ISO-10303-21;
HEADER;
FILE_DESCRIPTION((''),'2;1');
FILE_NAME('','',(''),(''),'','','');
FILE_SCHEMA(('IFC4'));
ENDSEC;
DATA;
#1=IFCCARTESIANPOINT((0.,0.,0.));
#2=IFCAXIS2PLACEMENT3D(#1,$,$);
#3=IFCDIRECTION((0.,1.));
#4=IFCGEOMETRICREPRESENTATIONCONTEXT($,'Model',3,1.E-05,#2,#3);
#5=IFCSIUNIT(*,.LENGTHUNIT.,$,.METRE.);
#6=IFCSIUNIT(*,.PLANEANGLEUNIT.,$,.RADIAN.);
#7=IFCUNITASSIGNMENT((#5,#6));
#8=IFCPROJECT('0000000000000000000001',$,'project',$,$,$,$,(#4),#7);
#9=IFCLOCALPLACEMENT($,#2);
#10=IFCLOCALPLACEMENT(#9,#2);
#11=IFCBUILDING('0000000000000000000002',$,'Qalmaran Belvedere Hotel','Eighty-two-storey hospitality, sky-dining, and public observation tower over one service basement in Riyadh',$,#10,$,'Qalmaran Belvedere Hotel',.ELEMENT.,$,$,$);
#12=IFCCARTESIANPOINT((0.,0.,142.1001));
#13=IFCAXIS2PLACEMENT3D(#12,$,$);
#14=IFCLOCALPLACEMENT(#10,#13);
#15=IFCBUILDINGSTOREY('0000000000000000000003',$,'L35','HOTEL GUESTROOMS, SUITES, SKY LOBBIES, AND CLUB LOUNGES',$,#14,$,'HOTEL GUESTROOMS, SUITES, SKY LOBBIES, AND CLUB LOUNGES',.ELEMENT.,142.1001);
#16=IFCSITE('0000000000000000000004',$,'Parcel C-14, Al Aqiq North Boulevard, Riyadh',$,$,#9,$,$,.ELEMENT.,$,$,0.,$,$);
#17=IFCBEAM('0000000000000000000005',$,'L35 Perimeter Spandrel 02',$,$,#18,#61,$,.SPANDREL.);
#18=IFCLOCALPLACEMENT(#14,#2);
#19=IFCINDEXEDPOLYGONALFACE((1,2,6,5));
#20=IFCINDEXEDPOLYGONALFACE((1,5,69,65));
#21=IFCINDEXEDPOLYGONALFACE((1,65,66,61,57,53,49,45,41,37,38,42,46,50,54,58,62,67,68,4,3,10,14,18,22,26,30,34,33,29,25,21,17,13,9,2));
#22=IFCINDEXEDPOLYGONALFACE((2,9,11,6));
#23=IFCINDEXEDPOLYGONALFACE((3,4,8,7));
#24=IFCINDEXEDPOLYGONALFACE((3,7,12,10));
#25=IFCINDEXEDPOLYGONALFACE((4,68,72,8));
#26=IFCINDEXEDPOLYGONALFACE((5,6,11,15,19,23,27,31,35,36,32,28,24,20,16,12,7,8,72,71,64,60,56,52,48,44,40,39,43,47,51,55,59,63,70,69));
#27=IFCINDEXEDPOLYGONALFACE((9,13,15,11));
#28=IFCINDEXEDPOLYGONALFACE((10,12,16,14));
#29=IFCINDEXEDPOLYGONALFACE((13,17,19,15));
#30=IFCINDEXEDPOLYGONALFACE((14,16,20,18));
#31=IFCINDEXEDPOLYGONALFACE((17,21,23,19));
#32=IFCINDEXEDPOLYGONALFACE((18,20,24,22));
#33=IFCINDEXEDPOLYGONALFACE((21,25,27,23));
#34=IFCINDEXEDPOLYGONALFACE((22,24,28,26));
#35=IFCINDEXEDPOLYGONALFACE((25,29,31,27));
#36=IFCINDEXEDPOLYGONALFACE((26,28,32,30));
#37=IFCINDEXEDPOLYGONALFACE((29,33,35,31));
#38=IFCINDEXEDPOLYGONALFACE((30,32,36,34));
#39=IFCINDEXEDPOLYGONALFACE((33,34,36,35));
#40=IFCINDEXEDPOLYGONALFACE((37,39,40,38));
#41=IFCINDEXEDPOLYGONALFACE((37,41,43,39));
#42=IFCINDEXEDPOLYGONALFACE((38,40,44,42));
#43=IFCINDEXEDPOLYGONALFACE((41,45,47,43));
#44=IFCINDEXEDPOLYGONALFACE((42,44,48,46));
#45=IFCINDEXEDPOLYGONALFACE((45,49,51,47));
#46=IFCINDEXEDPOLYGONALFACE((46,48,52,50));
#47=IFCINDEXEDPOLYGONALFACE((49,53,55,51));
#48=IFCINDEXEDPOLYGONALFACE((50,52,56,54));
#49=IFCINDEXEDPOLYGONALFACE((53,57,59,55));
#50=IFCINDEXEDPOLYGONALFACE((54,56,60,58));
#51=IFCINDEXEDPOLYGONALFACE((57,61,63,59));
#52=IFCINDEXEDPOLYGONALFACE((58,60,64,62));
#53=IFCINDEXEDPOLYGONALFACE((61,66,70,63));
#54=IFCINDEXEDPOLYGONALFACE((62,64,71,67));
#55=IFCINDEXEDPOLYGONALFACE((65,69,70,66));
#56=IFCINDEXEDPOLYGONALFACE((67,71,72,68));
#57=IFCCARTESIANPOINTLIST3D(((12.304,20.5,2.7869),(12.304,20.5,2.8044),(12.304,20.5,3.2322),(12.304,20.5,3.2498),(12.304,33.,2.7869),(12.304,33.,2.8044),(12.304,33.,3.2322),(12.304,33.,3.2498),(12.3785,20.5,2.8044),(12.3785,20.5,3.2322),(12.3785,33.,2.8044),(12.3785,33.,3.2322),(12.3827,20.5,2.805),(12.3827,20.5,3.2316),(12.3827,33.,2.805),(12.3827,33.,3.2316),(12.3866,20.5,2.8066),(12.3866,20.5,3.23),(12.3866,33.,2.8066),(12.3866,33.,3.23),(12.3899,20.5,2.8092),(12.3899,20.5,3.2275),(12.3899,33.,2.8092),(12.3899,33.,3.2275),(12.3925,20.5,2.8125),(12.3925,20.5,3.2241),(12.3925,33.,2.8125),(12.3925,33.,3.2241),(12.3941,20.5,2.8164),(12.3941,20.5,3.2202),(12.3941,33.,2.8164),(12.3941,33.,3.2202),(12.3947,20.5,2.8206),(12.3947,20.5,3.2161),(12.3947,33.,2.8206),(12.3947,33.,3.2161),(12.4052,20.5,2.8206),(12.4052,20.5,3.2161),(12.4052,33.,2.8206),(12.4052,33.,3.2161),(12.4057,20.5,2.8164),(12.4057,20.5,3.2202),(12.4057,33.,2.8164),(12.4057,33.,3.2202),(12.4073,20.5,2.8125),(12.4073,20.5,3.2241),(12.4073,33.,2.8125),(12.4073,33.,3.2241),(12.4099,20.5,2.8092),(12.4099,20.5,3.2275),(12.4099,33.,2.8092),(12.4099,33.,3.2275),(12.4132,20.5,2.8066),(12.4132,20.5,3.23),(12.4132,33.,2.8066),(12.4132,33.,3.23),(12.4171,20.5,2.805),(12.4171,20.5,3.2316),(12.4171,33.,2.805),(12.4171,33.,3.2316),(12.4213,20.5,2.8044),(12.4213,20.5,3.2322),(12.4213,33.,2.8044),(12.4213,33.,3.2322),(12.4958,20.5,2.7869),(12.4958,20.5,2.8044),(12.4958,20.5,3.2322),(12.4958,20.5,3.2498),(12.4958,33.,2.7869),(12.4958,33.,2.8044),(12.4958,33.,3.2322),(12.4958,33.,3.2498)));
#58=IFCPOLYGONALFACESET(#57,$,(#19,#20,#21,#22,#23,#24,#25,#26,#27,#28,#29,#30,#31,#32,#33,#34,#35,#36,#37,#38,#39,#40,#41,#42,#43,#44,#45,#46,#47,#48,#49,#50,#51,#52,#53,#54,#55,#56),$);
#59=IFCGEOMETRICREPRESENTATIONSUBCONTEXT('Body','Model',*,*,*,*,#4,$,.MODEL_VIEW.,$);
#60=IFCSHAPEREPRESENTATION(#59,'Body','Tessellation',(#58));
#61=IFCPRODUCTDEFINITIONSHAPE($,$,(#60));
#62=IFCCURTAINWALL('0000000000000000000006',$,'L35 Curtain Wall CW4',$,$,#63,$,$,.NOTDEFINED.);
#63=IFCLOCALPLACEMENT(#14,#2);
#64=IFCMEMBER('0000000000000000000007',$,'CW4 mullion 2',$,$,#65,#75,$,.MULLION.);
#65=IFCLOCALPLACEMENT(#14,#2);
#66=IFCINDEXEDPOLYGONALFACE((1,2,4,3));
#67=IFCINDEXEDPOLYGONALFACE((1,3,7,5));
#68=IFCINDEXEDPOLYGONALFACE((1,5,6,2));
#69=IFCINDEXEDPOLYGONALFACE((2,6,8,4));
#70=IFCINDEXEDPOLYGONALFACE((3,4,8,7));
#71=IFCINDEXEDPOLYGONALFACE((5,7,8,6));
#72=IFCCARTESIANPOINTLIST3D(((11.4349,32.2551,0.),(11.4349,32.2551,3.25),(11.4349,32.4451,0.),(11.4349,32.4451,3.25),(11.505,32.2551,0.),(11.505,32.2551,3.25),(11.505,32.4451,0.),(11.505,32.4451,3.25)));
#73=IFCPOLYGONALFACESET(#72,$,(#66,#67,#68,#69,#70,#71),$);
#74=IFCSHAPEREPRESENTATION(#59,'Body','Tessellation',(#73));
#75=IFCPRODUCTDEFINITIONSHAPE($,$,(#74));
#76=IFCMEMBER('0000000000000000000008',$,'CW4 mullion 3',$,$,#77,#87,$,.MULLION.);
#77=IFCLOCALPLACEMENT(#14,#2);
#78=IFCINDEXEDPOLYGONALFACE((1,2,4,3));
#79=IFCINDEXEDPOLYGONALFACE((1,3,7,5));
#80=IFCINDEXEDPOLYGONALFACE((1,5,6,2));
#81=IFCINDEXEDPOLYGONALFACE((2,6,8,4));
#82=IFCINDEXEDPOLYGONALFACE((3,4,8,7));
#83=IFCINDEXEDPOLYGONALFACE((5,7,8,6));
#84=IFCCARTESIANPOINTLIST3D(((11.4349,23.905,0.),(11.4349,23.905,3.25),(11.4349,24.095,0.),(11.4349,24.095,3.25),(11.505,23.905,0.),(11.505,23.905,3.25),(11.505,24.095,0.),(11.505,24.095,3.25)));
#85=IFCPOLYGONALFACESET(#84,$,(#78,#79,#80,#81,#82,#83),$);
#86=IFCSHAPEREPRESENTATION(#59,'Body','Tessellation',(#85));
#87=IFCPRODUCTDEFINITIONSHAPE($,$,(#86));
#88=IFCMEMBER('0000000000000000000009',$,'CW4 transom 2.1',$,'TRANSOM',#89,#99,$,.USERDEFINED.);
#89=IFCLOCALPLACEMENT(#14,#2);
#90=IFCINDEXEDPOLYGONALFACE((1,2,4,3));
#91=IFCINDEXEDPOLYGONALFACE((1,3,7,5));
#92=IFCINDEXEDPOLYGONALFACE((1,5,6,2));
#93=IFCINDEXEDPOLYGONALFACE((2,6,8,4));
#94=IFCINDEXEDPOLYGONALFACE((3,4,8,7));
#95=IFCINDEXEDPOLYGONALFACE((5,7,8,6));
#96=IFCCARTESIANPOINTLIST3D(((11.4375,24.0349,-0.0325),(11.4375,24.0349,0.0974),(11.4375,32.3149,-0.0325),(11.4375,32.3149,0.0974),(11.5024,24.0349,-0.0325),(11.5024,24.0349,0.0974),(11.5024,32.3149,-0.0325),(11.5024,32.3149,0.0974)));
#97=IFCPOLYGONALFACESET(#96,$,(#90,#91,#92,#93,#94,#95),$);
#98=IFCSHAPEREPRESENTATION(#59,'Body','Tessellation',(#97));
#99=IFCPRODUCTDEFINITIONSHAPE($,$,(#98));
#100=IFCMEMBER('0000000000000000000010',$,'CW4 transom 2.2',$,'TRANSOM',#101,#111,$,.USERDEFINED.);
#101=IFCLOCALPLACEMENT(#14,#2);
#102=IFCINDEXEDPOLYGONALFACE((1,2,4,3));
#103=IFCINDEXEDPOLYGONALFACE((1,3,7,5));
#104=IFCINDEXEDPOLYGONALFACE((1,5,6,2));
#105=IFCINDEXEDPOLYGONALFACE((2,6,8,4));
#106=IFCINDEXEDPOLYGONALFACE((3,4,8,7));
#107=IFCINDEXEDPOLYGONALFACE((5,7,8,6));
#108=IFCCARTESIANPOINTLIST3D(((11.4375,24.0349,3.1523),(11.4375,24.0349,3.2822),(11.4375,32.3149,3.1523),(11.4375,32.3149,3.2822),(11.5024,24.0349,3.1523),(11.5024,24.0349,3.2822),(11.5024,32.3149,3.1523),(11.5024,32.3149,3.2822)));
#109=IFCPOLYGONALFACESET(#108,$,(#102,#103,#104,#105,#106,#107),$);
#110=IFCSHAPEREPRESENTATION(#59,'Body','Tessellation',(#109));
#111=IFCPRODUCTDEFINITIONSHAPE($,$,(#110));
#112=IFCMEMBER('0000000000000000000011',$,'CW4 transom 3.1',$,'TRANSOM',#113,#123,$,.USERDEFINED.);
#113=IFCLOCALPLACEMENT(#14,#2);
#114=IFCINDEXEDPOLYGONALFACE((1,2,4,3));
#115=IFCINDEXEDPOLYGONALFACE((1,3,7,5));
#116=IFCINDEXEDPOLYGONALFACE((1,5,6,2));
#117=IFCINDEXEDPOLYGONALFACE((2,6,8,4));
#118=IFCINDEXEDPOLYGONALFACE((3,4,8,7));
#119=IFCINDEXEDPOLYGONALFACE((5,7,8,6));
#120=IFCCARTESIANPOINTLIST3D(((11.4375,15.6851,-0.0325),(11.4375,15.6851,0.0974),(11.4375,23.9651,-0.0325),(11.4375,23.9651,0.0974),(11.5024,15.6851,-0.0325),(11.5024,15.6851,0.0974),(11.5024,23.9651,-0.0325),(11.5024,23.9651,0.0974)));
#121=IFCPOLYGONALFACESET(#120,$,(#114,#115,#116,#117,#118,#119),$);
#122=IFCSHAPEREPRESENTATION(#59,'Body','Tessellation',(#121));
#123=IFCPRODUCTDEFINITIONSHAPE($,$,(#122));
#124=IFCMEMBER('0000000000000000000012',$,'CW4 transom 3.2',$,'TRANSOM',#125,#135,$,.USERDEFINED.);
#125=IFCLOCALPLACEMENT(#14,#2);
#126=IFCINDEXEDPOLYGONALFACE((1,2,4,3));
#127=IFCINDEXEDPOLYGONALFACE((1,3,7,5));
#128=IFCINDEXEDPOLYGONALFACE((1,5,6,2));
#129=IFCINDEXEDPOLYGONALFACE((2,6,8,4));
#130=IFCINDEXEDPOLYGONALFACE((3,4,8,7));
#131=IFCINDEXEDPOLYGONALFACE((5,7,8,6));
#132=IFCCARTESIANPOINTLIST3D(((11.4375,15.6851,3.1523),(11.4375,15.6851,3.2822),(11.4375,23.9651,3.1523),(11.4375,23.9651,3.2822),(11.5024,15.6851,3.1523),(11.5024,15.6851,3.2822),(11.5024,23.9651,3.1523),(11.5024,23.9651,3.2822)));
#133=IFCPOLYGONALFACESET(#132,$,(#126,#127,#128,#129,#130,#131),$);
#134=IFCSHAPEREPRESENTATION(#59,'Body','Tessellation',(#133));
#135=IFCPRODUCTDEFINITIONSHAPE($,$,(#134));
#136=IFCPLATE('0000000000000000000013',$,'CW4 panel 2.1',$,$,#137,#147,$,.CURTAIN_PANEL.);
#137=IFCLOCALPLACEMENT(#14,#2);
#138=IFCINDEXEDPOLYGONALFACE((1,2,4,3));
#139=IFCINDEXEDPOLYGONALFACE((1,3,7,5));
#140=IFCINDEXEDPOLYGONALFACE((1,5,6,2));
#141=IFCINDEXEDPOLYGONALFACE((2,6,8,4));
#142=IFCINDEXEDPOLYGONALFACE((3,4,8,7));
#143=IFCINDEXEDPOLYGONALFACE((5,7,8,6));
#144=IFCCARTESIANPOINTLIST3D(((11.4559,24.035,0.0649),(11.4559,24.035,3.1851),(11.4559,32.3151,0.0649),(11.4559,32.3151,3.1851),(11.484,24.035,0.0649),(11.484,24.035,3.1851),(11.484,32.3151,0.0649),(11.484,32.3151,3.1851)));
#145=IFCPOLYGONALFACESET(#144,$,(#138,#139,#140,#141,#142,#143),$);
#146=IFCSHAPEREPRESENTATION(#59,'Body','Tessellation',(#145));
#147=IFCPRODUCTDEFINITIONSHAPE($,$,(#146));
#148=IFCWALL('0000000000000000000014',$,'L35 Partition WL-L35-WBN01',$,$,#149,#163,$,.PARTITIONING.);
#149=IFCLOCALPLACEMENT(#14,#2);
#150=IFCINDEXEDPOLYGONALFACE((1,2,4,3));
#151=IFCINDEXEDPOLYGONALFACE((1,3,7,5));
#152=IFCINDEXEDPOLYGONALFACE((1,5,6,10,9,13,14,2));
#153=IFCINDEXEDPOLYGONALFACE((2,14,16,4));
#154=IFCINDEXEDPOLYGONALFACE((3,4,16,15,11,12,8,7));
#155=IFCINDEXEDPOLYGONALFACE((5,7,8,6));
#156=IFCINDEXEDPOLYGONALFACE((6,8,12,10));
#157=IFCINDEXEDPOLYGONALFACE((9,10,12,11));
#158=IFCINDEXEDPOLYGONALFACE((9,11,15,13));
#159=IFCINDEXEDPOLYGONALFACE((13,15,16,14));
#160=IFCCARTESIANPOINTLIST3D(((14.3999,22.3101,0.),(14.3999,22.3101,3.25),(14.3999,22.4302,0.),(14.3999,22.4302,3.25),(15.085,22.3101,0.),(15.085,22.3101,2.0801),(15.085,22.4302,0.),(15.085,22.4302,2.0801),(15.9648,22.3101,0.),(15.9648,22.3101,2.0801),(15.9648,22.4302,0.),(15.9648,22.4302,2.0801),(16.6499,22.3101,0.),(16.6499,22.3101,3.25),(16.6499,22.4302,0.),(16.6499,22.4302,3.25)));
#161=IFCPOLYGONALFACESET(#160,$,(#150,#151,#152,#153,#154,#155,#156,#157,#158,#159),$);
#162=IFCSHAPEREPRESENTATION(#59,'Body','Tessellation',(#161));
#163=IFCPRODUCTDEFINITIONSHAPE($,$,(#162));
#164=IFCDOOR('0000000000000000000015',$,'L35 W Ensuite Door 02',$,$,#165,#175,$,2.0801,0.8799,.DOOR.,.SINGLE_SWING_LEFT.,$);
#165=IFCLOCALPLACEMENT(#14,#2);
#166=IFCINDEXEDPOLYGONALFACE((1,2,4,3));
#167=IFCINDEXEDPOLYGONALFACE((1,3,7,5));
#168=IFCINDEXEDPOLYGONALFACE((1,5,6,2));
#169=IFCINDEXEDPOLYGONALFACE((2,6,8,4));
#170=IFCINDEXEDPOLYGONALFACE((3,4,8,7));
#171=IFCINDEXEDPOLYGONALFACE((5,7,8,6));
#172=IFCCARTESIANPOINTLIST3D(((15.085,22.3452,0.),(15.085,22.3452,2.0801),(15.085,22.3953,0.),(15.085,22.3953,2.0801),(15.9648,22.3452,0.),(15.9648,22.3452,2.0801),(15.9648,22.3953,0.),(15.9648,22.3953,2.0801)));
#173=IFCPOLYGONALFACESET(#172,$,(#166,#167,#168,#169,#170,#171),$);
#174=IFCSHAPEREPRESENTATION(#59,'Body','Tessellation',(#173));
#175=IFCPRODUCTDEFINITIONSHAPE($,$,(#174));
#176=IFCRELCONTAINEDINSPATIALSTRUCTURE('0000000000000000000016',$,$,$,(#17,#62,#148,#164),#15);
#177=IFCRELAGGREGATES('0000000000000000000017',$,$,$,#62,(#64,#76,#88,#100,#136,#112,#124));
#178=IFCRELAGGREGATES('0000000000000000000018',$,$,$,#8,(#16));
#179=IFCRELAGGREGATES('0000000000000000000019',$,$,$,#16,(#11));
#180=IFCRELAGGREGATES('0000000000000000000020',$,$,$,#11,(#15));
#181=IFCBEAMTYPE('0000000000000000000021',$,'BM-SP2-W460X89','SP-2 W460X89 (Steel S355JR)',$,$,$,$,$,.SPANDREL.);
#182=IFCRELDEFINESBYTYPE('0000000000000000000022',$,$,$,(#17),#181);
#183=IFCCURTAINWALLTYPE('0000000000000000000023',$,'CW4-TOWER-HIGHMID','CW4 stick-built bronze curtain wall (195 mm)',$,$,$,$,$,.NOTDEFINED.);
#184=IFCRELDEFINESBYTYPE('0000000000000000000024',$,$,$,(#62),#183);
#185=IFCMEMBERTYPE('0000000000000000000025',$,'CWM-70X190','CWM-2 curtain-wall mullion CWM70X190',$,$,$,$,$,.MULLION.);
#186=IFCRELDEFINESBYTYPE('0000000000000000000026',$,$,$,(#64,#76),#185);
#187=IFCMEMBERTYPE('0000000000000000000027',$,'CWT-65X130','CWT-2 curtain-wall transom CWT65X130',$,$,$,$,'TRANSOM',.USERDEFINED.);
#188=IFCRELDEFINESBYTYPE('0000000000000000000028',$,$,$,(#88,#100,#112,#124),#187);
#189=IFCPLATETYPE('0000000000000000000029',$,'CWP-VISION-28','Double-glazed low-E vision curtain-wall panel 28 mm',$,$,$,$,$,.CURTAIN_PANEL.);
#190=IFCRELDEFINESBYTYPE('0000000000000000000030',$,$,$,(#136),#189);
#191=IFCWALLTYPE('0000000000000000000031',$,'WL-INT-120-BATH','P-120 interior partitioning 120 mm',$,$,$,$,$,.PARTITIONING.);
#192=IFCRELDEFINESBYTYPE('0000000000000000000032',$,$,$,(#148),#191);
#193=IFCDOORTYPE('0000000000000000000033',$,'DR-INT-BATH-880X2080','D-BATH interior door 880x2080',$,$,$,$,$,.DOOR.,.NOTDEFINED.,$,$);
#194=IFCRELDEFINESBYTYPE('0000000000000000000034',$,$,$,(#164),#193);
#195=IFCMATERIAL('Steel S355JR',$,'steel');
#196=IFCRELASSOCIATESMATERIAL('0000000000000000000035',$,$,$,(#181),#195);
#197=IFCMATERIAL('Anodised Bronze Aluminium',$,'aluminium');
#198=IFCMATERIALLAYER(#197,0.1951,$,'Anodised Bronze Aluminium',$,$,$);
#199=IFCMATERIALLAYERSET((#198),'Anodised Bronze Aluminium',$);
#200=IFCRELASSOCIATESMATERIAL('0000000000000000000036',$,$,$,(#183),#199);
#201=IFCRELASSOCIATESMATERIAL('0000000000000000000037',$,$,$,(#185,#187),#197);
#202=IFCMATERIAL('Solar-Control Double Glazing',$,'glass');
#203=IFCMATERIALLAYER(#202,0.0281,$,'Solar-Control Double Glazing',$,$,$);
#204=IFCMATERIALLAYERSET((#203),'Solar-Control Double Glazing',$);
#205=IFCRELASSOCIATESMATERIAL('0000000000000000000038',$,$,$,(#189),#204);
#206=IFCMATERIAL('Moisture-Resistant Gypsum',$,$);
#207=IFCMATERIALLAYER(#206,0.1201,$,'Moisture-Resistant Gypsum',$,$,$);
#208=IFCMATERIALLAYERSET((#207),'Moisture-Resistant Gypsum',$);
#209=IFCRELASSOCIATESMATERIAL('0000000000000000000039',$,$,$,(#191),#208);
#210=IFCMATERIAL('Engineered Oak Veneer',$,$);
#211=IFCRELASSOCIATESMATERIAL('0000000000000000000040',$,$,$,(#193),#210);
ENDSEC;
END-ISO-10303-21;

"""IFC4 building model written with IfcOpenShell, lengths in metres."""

from ifc_helpers import new_model, si_unit, direction, frame, frame_2d, origin, origin_2d, place, context, subcontext, project, spatial, rectangle, i_section, extrude, material, layer, layer_set, material_profile, profile_set, type_object, element, fill, aggregate, save


model = new_model("IFC4")

# Units and contexts
model_context = context("Model", 3, precision=1e-05, world=origin(), true_north=direction((0.0, 1.0)))
body_context = subcontext(model_context, "Body", "Model", "MODEL_VIEW")
ifc_project = project(units=[si_unit("LENGTHUNIT", "METRE"), si_unit("PLANEANGLEUNIT", "RADIAN")], contexts=[model_context])

# Site, building, storey
site_placement = place(None, origin())
site = spatial("IfcSite", under=ifc_project, at=site_placement, Name="Parcel C-14, Al Aqiq North Boulevard, Riyadh", CompositionType="ELEMENT", RefElevation=0.0)
building_placement = place(site_placement, origin())
building = spatial("IfcBuilding", under=site, at=building_placement, Name="Qalmaran Belvedere Hotel", Description="Eighty-two-storey hospitality, sky-dining, and public observation tower over one service basement in Riyadh", LongName="Qalmaran Belvedere Hotel", CompositionType="ELEMENT")
storey_placement = place(building_placement, frame((0.0, 0.0, 142.1001)))
storey = spatial("IfcBuildingStorey", under=building, at=storey_placement, Name="L35", Description="HOTEL GUESTROOMS, SUITES, SKY LOBBIES, AND CLUB LOUNGES", LongName="HOTEL GUESTROOMS, SUITES, SKY LOBBIES, AND CLUB LOUNGES", CompositionType="ELEMENT", Elevation=142.1001)

# Beam
ifc_material_1 = material(Name="Steel S355JR", Category="steel")
ifc_material_profile_1 = material_profile(ifc_material_1, i_section(OverallWidth=0.1919, OverallDepth=0.4629, WebThickness=0.0105, FlangeThickness=0.0176, FilletRadius=0.0161, at=origin_2d()), Name="W460X89")
ifc_profile_set_1 = profile_set([ifc_material_profile_1], Name="Steel S355JR")
beam_type_1 = type_object("IfcBeamType", Name="BM-SP2-W460X89", Description="SP-2 W460X89 (Steel S355JR)", PredefinedType="SPANDREL", material=ifc_profile_set_1)
beam_1_placement = place(storey_placement, frame((12.3999, 20.5, 3.0183), z_axis=(0.0, 1.0, 0.0), x_axis=(-1.0, 0.0, 0.0)))
element("IfcBeam", 1, at=beam_1_placement, inside=storey, type_object=beam_type_1, Name="L35 Perimeter Spandrel 02", PredefinedType="SPANDREL", context=body_context, shape_type="SweptSolid", body=[
    extrude(i_section(OverallWidth=0.1919, OverallDepth=0.4629, WebThickness=0.0105, FlangeThickness=0.0176, FilletRadius=0.0161, at=origin_2d()), origin(), (0.0, 0.0, 1.0), 12.5),
])

# Curtain wall, members, plate
ifc_material_2 = material(Name="Anodised Bronze Aluminium", Category="aluminium")
ifc_layer_1 = layer(ifc_material_2, 0.1951, Name="Anodised Bronze Aluminium")
ifc_layer_set_1 = layer_set([ifc_layer_1], Name="Anodised Bronze Aluminium")
curtain_wall_type = type_object("IfcCurtainWallType", Name="CW4-TOWER-HIGHMID", Description="CW4 stick-built bronze curtain wall (195 mm)", PredefinedType="NOTDEFINED", material=ifc_layer_set_1)
curtain_wall_placement = place(storey_placement, origin())
curtain_wall = element("IfcCurtainWall", 2, at=curtain_wall_placement, inside=storey, type_object=curtain_wall_type, Name="L35 Curtain Wall CW4", PredefinedType="NOTDEFINED")
ifc_material_profile_2 = material_profile(ifc_material_2, rectangle(XDim=0.0701, YDim=0.1899, at=origin_2d()), Name="CWM70X190")
ifc_profile_set_2 = profile_set([ifc_material_profile_2], Name="Anodised Bronze Aluminium")
member_type_1 = type_object("IfcMemberType", Name="CWM-70X190", Description="CWM-2 curtain-wall mullion CWM70X190", PredefinedType="MULLION", material=ifc_profile_set_2)
member_1_placement = place(storey_placement, frame((11.47, 32.3501, 0.0), z_axis=(0.0, 0.0, 1.0), x_axis=(1.0, 0.0, 0.0)))
member_1 = element("IfcMember", 3, at=member_1_placement, type_object=member_type_1, Name="CW4 mullion 2", PredefinedType="MULLION", context=body_context, shape_type="SweptSolid", body=[
    extrude(rectangle(XDim=0.0701, YDim=0.1899, at=origin_2d()), origin(), (0.0, 0.0, 1.0), 3.25),
])
member_2_placement = place(storey_placement, frame((11.47, 24.0, 0.0), z_axis=(0.0, 0.0, 1.0), x_axis=(1.0, 0.0, 0.0)))
member_2 = element("IfcMember", 4, at=member_2_placement, type_object=member_type_1, Name="CW4 mullion 3", PredefinedType="MULLION", context=body_context, shape_type="SweptSolid", body=[
    extrude(rectangle(XDim=0.0701, YDim=0.1899, at=origin_2d()), origin(), (0.0, 0.0, 1.0), 3.25),
])
ifc_material_profile_3 = material_profile(ifc_material_2, rectangle(XDim=0.0649, YDim=0.1299, at=origin_2d()), Name="CWT65X130")
ifc_profile_set_3 = profile_set([ifc_material_profile_3], Name="Anodised Bronze Aluminium")
member_type_2 = type_object("IfcMemberType", Name="CWT-65X130", Description="CWT-2 curtain-wall transom CWT65X130", ElementType="TRANSOM", PredefinedType="USERDEFINED", material=ifc_profile_set_3)
member_3_placement = place(storey_placement, frame((11.47, 32.3149, 0.0325), z_axis=(0.0, -1.0, 0.0), x_axis=(1.0, 0.0, 0.0)))
member_3 = element("IfcMember", 5, at=member_3_placement, type_object=member_type_2, Name="CW4 transom 2.1", ObjectType="TRANSOM", PredefinedType="USERDEFINED", context=body_context, shape_type="SweptSolid", body=[
    extrude(rectangle(XDim=0.0649, YDim=0.1299, at=origin_2d()), origin(), (0.0, 0.0, 1.0), 8.28),
])
member_4_placement = place(storey_placement, frame((11.47, 32.3149, 3.2173), z_axis=(0.0, -1.0, 0.0), x_axis=(1.0, 0.0, 0.0)))
member_4 = element("IfcMember", 6, at=member_4_placement, type_object=member_type_2, Name="CW4 transom 2.2", ObjectType="TRANSOM", PredefinedType="USERDEFINED", context=body_context, shape_type="SweptSolid", body=[
    extrude(rectangle(XDim=0.0649, YDim=0.1299, at=origin_2d()), origin(), (0.0, 0.0, 1.0), 8.28),
])
member_5_placement = place(storey_placement, frame((11.47, 23.9651, 0.0325), z_axis=(0.0, -1.0, 0.0), x_axis=(1.0, 0.0, 0.0)))
member_5 = element("IfcMember", 7, at=member_5_placement, type_object=member_type_2, Name="CW4 transom 3.1", ObjectType="TRANSOM", PredefinedType="USERDEFINED", context=body_context, shape_type="SweptSolid", body=[
    extrude(rectangle(XDim=0.0649, YDim=0.1299, at=origin_2d()), origin(), (0.0, 0.0, 1.0), 8.28),
])
member_6_placement = place(storey_placement, frame((11.47, 23.9651, 3.2173), z_axis=(0.0, -1.0, 0.0), x_axis=(1.0, 0.0, 0.0)))
member_6 = element("IfcMember", 8, at=member_6_placement, type_object=member_type_2, Name="CW4 transom 3.2", ObjectType="TRANSOM", PredefinedType="USERDEFINED", context=body_context, shape_type="SweptSolid", body=[
    extrude(rectangle(XDim=0.0649, YDim=0.1299, at=origin_2d()), origin(), (0.0, 0.0, 1.0), 8.28),
])
ifc_material_3 = material(Name="Solar-Control Double Glazing", Category="glass")
ifc_layer_2 = layer(ifc_material_3, 0.0281, Name="Solar-Control Double Glazing")
ifc_layer_set_2 = layer_set([ifc_layer_2], Name="Solar-Control Double Glazing")
plate_type = type_object("IfcPlateType", Name="CWP-VISION-28", Description="Double-glazed low-E vision curtain-wall panel 28 mm", PredefinedType="CURTAIN_PANEL", material=ifc_layer_set_2)
plate_placement = place(storey_placement, frame((11.47, 28.175, 0.0649), z_axis=(0.0, 0.0, 1.0), x_axis=(0.0, -1.0, 0.0)))
plate = element("IfcPlate", 9, at=plate_placement, type_object=plate_type, Name="CW4 panel 2.1", PredefinedType="CURTAIN_PANEL", context=body_context, shape_type="SweptSolid", body=[
    extrude(rectangle(XDim=8.28, YDim=0.0281, at=origin_2d()), origin(), (0.0, 0.0, 1.0), 3.1201),
])
aggregate(curtain_wall, [member_1, member_2, member_3, member_4, plate, member_5, member_6])

# Wall, opening, door
ifc_material_4 = material(Name="Moisture-Resistant Gypsum")
ifc_layer_3 = layer(ifc_material_4, 0.1201, Name="Moisture-Resistant Gypsum")
ifc_layer_set_3 = layer_set([ifc_layer_3], Name="Moisture-Resistant Gypsum")
wall_type_1 = type_object("IfcWallType", Name="WL-INT-120-BATH", Description="P-120 interior partitioning 120 mm", PredefinedType="PARTITIONING", material=ifc_layer_set_3)
wall_1_placement = place(storey_placement, frame((14.3999, 22.3701, 0.0), z_axis=(0.0, 0.0, 1.0), x_axis=(1.0, 0.0, 0.0)))
wall_1 = element("IfcWall", 10, at=wall_1_placement, inside=storey, type_object=wall_type_1, Name="L35 Partition WL-L35-WBN01", PredefinedType="PARTITIONING", context=body_context, shape_type="SweptSolid", body=[
    extrude(rectangle(XDim=2.25, YDim=0.1201, at=frame_2d((1.125, 0.0))), origin(), (0.0, 0.0, 1.0), 3.25),
])
opening_1_placement = place(wall_1_placement, frame((1.5649, 0.0, 0.0), z_axis=(0.0, 0.0, 1.0), x_axis=(-1.0, 0.0, 0.0)))
opening_1 = element("IfcOpeningElement", 11, at=opening_1_placement, cuts=wall_1, PredefinedType="OPENING", context=body_context, shape_type="SweptSolid", body=[
    extrude(rectangle(XDim=0.8799, YDim=2.0801, at=frame_2d((0.4399, 1.04))), frame((0.0, 0.0701, 0.0), z_axis=(0.0, -1.0, 0.0), x_axis=(1.0, 0.0, 0.0)), (0.0, 0.0, 1.0), 0.1401),
])
ifc_material_5 = material(Name="Engineered Oak Veneer")
door_type_1 = type_object("IfcDoorType", Name="DR-INT-BATH-880X2080", Description="D-BATH interior door 880x2080", OperationType="NOTDEFINED", PredefinedType="DOOR", material=ifc_material_5)
door_1_placement = place(opening_1_placement, origin())
door_1 = element("IfcDoor", 12, at=door_1_placement, inside=storey, type_object=door_type_1, Name="L35 W Ensuite Door 02", OperationType="SINGLE_SWING_LEFT", OverallHeight=2.0801, OverallWidth=0.8799, PredefinedType="DOOR", context=body_context, shape_type="SweptSolid", body=[
    extrude(rectangle(XDim=0.8799, YDim=2.0801, at=frame_2d((0.4399, 1.04))), frame((0.0, 0.0249, 0.0), z_axis=(0.0, -1.0, 0.0), x_axis=(1.0, 0.0, 0.0)), (0.0, 0.0, 1.0), 0.05),
])
fill(opening_1, door_1)

save(model, "model.ifc")
